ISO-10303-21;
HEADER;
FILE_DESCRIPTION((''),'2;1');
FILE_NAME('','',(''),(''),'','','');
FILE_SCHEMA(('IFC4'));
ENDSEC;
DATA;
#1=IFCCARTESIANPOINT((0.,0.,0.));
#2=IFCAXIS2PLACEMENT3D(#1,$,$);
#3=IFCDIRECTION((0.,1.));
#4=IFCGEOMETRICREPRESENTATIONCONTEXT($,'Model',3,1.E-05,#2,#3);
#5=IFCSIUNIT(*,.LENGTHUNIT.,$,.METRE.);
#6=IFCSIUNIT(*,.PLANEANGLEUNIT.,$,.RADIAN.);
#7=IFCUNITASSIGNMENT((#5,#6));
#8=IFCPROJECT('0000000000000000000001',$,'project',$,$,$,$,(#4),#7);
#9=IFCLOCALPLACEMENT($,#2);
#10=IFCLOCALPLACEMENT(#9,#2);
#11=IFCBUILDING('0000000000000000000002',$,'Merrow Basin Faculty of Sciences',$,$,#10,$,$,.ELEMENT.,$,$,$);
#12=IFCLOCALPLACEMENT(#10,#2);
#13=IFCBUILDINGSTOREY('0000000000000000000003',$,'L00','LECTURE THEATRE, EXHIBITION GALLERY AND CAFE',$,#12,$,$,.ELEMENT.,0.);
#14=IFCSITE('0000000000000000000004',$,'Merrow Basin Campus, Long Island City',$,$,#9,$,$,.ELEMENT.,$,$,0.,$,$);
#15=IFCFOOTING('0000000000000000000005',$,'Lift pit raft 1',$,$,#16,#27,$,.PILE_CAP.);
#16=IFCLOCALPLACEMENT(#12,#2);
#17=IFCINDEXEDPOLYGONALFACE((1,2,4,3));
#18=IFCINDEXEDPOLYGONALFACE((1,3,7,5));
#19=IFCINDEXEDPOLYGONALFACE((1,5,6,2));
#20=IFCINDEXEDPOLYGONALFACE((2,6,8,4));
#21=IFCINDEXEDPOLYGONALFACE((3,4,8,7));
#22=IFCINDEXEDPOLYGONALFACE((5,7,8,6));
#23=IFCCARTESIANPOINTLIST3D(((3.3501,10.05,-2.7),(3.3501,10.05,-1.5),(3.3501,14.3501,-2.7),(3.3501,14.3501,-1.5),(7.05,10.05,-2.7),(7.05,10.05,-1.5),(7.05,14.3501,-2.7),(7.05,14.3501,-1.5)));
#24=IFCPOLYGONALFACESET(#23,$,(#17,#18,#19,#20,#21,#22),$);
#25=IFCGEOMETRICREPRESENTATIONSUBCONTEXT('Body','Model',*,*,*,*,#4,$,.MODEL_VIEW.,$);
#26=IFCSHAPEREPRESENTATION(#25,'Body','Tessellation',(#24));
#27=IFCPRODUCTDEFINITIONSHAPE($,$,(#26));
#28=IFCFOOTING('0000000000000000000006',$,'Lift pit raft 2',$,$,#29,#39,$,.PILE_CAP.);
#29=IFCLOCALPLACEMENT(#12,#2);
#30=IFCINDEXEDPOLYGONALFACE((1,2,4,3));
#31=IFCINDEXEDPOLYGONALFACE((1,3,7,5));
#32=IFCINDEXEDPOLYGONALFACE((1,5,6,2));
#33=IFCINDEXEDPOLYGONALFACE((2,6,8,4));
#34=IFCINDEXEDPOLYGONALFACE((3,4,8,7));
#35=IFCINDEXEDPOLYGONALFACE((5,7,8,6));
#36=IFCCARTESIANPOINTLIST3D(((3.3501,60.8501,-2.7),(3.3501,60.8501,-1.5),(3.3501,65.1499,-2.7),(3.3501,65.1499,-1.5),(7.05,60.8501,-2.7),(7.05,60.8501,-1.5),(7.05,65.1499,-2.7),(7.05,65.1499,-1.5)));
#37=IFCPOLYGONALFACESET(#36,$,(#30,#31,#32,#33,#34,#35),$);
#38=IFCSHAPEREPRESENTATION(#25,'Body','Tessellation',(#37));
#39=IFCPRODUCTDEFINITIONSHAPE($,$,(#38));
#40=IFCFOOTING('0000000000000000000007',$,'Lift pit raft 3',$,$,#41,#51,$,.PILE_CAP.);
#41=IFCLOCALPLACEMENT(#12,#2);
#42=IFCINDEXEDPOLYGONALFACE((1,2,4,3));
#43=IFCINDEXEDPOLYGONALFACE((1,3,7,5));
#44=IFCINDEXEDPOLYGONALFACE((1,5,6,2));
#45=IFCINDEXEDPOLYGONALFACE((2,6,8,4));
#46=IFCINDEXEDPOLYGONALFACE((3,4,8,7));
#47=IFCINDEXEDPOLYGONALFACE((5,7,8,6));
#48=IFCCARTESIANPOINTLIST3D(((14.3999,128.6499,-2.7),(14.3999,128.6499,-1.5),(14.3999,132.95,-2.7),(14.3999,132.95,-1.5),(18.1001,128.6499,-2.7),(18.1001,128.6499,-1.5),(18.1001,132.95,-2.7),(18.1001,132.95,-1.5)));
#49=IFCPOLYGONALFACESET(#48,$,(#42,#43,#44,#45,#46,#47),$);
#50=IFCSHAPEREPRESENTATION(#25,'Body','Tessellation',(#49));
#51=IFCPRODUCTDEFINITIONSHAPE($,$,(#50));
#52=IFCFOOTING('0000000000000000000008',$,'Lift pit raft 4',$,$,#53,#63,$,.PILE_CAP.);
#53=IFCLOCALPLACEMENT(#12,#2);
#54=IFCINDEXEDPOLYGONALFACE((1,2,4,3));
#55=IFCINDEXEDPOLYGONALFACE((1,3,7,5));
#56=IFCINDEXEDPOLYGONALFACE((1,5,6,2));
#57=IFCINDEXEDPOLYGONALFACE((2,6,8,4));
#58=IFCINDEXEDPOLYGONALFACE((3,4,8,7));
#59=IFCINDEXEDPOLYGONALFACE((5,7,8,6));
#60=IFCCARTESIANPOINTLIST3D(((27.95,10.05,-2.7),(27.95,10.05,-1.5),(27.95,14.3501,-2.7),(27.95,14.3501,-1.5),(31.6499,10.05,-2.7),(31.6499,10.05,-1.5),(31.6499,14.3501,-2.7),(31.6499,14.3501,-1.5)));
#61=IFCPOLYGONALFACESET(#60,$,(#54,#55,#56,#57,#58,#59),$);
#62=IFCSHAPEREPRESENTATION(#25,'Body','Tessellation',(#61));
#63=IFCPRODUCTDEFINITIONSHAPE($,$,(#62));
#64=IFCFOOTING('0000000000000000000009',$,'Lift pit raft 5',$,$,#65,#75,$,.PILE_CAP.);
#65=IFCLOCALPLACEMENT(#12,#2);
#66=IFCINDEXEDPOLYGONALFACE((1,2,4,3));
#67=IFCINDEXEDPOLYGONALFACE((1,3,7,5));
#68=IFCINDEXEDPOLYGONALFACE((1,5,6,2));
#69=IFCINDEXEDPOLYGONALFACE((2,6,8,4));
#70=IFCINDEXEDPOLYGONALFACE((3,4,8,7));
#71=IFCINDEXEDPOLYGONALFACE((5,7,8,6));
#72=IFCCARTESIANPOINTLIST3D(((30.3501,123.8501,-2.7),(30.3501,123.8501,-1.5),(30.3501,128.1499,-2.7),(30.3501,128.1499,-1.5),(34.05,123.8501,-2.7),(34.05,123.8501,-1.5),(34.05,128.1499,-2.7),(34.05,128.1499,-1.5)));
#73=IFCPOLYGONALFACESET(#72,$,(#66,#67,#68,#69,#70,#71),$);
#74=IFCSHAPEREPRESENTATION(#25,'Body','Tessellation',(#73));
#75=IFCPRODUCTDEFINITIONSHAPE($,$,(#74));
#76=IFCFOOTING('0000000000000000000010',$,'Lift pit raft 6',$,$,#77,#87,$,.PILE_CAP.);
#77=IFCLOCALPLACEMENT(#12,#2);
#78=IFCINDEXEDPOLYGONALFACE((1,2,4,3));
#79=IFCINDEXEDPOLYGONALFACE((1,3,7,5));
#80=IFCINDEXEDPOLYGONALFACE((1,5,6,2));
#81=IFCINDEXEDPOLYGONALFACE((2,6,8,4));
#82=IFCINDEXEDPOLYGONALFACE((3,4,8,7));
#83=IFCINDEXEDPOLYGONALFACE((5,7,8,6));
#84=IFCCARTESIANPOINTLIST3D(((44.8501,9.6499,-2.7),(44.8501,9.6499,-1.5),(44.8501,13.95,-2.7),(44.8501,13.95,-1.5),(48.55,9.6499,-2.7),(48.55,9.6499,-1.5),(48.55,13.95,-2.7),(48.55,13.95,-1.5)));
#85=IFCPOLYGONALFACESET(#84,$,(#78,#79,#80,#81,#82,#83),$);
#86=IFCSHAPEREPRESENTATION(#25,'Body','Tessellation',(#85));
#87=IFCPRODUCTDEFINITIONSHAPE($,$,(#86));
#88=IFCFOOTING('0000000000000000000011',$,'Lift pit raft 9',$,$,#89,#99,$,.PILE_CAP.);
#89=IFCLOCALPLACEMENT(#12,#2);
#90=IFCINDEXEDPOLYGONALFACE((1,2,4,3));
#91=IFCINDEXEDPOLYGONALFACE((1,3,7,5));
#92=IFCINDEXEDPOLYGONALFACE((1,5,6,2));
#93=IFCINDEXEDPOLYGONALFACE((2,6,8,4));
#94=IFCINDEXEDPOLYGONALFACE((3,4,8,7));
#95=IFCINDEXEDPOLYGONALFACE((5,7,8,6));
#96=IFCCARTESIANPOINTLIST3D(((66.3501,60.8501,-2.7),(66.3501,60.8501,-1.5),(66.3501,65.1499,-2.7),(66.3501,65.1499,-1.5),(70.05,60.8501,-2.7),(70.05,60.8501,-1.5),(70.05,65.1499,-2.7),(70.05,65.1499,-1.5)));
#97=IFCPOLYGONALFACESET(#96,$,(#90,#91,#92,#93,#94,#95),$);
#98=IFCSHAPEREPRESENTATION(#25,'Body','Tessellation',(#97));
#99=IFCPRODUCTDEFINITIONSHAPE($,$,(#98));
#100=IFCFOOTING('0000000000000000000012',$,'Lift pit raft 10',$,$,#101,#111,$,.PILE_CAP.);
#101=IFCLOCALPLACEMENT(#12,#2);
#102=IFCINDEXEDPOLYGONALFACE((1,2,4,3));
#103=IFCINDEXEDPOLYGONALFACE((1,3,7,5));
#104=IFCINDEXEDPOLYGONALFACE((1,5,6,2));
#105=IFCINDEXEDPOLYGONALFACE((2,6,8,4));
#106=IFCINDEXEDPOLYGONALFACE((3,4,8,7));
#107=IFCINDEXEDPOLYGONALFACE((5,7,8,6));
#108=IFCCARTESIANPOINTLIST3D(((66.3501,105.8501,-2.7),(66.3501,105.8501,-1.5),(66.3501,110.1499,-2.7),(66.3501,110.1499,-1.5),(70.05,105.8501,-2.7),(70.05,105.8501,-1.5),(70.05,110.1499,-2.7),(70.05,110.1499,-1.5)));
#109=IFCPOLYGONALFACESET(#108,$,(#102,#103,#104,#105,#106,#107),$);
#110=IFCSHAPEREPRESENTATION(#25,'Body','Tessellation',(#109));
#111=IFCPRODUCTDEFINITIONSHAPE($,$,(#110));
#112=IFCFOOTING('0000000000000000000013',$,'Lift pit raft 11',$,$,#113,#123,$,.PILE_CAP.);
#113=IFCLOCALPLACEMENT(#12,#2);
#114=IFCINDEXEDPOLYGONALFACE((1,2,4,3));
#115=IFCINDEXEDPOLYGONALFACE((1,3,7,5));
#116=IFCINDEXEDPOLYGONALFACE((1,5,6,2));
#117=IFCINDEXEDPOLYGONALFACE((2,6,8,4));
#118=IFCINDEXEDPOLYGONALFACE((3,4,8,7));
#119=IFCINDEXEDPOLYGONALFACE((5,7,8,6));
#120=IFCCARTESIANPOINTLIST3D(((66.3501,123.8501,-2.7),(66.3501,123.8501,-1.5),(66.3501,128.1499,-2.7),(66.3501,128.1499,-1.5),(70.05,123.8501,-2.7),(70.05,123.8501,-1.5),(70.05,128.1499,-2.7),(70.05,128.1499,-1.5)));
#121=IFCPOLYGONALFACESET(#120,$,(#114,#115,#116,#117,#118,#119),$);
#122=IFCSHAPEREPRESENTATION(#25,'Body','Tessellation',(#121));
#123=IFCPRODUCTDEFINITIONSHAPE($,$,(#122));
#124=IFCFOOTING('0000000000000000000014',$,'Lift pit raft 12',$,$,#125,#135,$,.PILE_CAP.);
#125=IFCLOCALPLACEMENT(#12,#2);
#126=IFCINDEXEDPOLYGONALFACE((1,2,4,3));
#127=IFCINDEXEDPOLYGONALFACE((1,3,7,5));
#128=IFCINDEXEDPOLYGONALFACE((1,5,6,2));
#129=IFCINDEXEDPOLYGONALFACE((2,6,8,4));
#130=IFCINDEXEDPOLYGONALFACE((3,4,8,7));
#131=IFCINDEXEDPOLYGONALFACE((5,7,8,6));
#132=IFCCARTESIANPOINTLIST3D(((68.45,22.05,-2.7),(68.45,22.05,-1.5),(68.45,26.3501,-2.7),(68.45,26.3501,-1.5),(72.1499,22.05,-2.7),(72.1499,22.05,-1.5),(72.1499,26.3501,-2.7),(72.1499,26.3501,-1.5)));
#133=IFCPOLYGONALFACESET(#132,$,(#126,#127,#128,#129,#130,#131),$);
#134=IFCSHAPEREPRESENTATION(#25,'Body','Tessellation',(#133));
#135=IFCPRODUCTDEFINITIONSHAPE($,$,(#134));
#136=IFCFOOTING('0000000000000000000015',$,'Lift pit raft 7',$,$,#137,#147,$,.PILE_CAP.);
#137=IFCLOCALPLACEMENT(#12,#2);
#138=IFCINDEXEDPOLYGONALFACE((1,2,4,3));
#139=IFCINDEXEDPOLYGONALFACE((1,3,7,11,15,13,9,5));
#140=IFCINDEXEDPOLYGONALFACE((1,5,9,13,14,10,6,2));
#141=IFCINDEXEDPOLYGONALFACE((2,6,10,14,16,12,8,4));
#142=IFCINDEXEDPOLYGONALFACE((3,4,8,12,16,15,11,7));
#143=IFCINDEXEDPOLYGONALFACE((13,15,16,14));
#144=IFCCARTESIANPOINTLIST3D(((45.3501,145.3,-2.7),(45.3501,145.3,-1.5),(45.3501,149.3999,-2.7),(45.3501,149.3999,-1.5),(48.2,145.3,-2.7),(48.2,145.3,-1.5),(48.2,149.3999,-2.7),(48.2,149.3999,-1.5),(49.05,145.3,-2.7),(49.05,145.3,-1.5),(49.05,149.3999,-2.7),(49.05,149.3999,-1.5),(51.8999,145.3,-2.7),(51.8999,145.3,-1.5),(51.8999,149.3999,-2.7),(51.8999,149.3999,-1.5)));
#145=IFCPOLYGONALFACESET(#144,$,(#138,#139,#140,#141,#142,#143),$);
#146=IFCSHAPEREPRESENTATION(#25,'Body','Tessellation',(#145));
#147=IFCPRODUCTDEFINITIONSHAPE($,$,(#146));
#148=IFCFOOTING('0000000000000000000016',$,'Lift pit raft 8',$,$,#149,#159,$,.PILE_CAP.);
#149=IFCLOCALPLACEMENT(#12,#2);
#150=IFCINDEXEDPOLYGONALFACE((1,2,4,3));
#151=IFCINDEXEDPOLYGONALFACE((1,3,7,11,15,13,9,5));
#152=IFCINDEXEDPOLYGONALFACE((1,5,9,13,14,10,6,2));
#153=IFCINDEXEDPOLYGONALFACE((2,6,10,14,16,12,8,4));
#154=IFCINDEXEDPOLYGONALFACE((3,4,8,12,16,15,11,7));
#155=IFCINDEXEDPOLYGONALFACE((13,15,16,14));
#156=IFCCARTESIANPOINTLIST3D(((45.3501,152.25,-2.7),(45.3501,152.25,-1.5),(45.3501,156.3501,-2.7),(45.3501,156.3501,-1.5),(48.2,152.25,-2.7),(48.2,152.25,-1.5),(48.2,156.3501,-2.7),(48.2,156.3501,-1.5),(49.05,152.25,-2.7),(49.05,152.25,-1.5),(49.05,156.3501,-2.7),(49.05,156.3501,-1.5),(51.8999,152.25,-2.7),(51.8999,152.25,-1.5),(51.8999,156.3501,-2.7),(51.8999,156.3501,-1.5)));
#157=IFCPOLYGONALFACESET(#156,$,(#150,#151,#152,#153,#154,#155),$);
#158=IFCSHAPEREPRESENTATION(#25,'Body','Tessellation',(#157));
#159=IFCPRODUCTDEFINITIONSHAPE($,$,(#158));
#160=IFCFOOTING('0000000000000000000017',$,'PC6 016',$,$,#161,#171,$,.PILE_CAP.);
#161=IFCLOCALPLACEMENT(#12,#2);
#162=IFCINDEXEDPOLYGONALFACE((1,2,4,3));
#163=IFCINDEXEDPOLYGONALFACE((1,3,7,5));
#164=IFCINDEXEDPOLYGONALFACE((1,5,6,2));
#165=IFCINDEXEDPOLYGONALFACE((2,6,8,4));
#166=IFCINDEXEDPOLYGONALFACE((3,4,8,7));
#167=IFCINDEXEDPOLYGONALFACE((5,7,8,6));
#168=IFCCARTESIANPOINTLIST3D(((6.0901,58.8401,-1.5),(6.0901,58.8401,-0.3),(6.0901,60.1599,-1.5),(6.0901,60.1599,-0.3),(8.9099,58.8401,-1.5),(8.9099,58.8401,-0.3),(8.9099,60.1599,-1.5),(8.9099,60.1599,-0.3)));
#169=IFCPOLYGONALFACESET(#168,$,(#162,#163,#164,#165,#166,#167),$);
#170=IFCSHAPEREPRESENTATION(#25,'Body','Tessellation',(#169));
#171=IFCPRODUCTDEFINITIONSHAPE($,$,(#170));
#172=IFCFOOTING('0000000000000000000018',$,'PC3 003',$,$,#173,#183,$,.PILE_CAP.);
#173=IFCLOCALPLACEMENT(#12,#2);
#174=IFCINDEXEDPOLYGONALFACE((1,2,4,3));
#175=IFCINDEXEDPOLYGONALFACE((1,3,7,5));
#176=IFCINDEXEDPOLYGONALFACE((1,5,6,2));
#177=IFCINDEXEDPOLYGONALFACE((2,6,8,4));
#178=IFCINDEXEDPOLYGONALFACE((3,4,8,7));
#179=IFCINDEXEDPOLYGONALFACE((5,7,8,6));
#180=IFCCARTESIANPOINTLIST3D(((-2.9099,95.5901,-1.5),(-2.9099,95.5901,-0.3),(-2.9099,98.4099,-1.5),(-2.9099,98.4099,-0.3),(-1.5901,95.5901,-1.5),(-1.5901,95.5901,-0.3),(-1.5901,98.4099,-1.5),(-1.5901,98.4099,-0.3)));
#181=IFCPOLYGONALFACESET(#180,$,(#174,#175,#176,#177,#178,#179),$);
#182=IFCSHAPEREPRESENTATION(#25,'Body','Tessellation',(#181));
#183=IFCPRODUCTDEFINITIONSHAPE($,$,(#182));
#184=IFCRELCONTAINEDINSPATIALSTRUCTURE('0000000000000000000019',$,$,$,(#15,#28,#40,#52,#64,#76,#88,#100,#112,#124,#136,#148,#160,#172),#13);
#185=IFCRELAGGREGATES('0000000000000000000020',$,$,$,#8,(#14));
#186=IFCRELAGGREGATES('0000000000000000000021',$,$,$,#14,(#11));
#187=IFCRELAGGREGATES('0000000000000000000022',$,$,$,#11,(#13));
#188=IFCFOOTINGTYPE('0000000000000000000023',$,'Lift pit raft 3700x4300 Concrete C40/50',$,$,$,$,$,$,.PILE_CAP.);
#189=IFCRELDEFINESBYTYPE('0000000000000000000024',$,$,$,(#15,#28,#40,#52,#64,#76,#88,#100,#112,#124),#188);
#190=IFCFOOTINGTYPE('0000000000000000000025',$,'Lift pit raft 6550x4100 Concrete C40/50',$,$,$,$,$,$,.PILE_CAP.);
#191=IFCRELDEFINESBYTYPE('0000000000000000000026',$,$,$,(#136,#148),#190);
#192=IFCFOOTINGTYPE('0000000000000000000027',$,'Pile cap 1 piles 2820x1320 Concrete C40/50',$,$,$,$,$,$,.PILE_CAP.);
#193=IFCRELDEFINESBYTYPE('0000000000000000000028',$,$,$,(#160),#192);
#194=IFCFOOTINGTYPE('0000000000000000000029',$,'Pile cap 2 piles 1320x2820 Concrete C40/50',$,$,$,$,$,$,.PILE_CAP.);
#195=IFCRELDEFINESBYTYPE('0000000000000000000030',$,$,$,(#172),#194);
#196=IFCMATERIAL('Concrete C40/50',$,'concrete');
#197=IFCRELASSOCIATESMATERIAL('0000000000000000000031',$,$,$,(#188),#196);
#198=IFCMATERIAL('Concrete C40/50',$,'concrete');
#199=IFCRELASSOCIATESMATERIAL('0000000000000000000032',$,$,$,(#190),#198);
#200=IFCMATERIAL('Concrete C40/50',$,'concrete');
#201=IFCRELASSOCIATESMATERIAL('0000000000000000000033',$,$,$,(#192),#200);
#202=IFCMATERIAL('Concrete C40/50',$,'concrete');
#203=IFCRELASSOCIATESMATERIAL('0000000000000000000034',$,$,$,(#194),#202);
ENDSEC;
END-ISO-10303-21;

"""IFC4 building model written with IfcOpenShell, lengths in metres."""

from ifc_helpers import new_model, si_unit, direction, frame, origin, place, context, subcontext, project, spatial, polyline, outline, extrude, material, type_object, element, save


model = new_model("IFC4")

# Units and contexts
model_context = context("Model", 3, precision=1e-05, world=origin(), true_north=direction((0.0, 1.0)))
body_context = subcontext(model_context, "Body", "Model", "MODEL_VIEW")
ifc_project = project(units=[si_unit("LENGTHUNIT", "METRE"), si_unit("PLANEANGLEUNIT", "RADIAN")], contexts=[model_context])

# Site, building, storey
site_placement = place(None, origin())
site = spatial("IfcSite", under=ifc_project, at=site_placement, Name="Merrow Basin Campus, Long Island City", CompositionType="ELEMENT", RefElevation=0.0)
building_placement = place(site_placement, origin())
building = spatial("IfcBuilding", under=site, at=building_placement, Name="Merrow Basin Faculty of Sciences", CompositionType="ELEMENT")
storey_placement = place(building_placement, origin())
storey = spatial("IfcBuildingStorey", under=building, at=storey_placement, Name="L00", Description="LECTURE THEATRE, EXHIBITION GALLERY AND CAFE", CompositionType="ELEMENT", Elevation=0.0)

# Footings
ifc_material_1 = material(Name="Concrete C40/50", Category="concrete")
footing_type_1 = type_object("IfcFootingType", Name="Lift pit raft 3700x4300 Concrete C40/50", PredefinedType="PILE_CAP", material=ifc_material_1)
footing_1_placement = place(storey_placement, frame((0.0, 0.0, -2.7)))
element("IfcFooting", 1, at=footing_1_placement, inside=storey, type_object=footing_type_1, Name="Lift pit raft 1", PredefinedType="PILE_CAP", context=body_context, shape_type="SweptSolid", body=[
    extrude(outline(polyline([(7.05, 10.05), (3.3501, 10.05), (3.3501, 14.3501), (7.05, 14.3501), (7.05, 10.05)])), origin(), (0.0, 0.0, 1.0), 1.2),
])
footing_2_placement = place(storey_placement, frame((0.0, 0.0, -2.7)))
element("IfcFooting", 2, at=footing_2_placement, inside=storey, type_object=footing_type_1, Name="Lift pit raft 2", PredefinedType="PILE_CAP", context=body_context, shape_type="SweptSolid", body=[
    extrude(outline(polyline([(7.05, 60.8501), (3.3501, 60.8501), (3.3501, 65.1499), (7.05, 65.1499), (7.05, 60.8501)])), origin(), (0.0, 0.0, 1.0), 1.2),
])
footing_3_placement = place(storey_placement, frame((0.0, 0.0, -2.7)))
element("IfcFooting", 3, at=footing_3_placement, inside=storey, type_object=footing_type_1, Name="Lift pit raft 3", PredefinedType="PILE_CAP", context=body_context, shape_type="SweptSolid", body=[
    extrude(outline(polyline([(18.1001, 128.6499), (14.3999, 128.6499), (14.3999, 132.95), (18.1001, 132.95), (18.1001, 128.6499)])), origin(), (0.0, 0.0, 1.0), 1.2),
])
footing_4_placement = place(storey_placement, frame((0.0, 0.0, -2.7)))
element("IfcFooting", 4, at=footing_4_placement, inside=storey, type_object=footing_type_1, Name="Lift pit raft 4", PredefinedType="PILE_CAP", context=body_context, shape_type="SweptSolid", body=[
    extrude(outline(polyline([(31.6499, 10.05), (27.95, 10.05), (27.95, 14.3501), (31.6499, 14.3501), (31.6499, 10.05)])), origin(), (0.0, 0.0, 1.0), 1.2),
])
footing_5_placement = place(storey_placement, frame((0.0, 0.0, -2.7)))
element("IfcFooting", 5, at=footing_5_placement, inside=storey, type_object=footing_type_1, Name="Lift pit raft 5", PredefinedType="PILE_CAP", context=body_context, shape_type="SweptSolid", body=[
    extrude(outline(polyline([(34.05, 123.8501), (30.3501, 123.8501), (30.3501, 128.1499), (34.05, 128.1499), (34.05, 123.8501)])), origin(), (0.0, 0.0, 1.0), 1.2),
])
footing_6_placement = place(storey_placement, frame((0.0, 0.0, -2.7)))
element("IfcFooting", 6, at=footing_6_placement, inside=storey, type_object=footing_type_1, Name="Lift pit raft 6", PredefinedType="PILE_CAP", context=body_context, shape_type="SweptSolid", body=[
    extrude(outline(polyline([(48.55, 13.95), (48.55, 9.6499), (44.8501, 9.6499), (44.8501, 13.95), (48.55, 13.95)])), origin(), (0.0, 0.0, 1.0), 1.2),
])
footing_7_placement = place(storey_placement, frame((0.0, 0.0, -2.7)))
element("IfcFooting", 7, at=footing_7_placement, inside=storey, type_object=footing_type_1, Name="Lift pit raft 9", PredefinedType="PILE_CAP", context=body_context, shape_type="SweptSolid", body=[
    extrude(outline(polyline([(70.05, 60.8501), (66.3501, 60.8501), (66.3501, 65.1499), (70.05, 65.1499), (70.05, 60.8501)])), origin(), (0.0, 0.0, 1.0), 1.2),
])
footing_8_placement = place(storey_placement, frame((0.0, 0.0, -2.7)))
element("IfcFooting", 8, at=footing_8_placement, inside=storey, type_object=footing_type_1, Name="Lift pit raft 10", PredefinedType="PILE_CAP", context=body_context, shape_type="SweptSolid", body=[
    extrude(outline(polyline([(70.05, 105.8501), (66.3501, 105.8501), (66.3501, 110.1499), (70.05, 110.1499), (70.05, 105.8501)])), origin(), (0.0, 0.0, 1.0), 1.2),
])
footing_9_placement = place(storey_placement, frame((0.0, 0.0, -2.7)))
element("IfcFooting", 9, at=footing_9_placement, inside=storey, type_object=footing_type_1, Name="Lift pit raft 11", PredefinedType="PILE_CAP", context=body_context, shape_type="SweptSolid", body=[
    extrude(outline(polyline([(70.05, 123.8501), (66.3501, 123.8501), (66.3501, 128.1499), (70.05, 128.1499), (70.05, 123.8501)])), origin(), (0.0, 0.0, 1.0), 1.2),
])
footing_10_placement = place(storey_placement, frame((0.0, 0.0, -2.7)))
element("IfcFooting", 10, at=footing_10_placement, inside=storey, type_object=footing_type_1, Name="Lift pit raft 12", PredefinedType="PILE_CAP", context=body_context, shape_type="SweptSolid", body=[
    extrude(outline(polyline([(72.1499, 26.3501), (72.1499, 22.05), (68.45, 22.05), (68.45, 26.3501), (72.1499, 26.3501)])), origin(), (0.0, 0.0, 1.0), 1.2),
])
ifc_material_2 = material(Name="Concrete C40/50", Category="concrete")
footing_type_2 = type_object("IfcFootingType", Name="Lift pit raft 6550x4100 Concrete C40/50", PredefinedType="PILE_CAP", material=ifc_material_2)
footing_11_placement = place(storey_placement, frame((0.0, 0.0, -2.7)))
element("IfcFooting", 11, at=footing_11_placement, inside=storey, type_object=footing_type_2, Name="Lift pit raft 7", PredefinedType="PILE_CAP", context=body_context, shape_type="SweptSolid", body=[
    extrude(outline(polyline([(49.05, 149.3999), (51.8999, 149.3999), (51.8999, 145.3), (49.05, 145.3), (48.2, 145.3), (45.3501, 145.3), (45.3501, 149.3999), (48.2, 149.3999), (49.05, 149.3999)])), origin(), (0.0, 0.0, 1.0), 1.2),
])
footing_12_placement = place(storey_placement, frame((0.0, 0.0, -2.7)))
element("IfcFooting", 12, at=footing_12_placement, inside=storey, type_object=footing_type_2, Name="Lift pit raft 8", PredefinedType="PILE_CAP", context=body_context, shape_type="SweptSolid", body=[
    extrude(outline(polyline([(48.2, 152.25), (45.3501, 152.25), (45.3501, 156.3501), (48.2, 156.3501), (49.05, 156.3501), (51.8999, 156.3501), (51.8999, 152.25), (49.05, 152.25), (48.2, 152.25)])), origin(), (0.0, 0.0, 1.0), 1.2),
])
ifc_material_3 = material(Name="Concrete C40/50", Category="concrete")
footing_type_3 = type_object("IfcFootingType", Name="Pile cap 1 piles 2820x1320 Concrete C40/50", PredefinedType="PILE_CAP", material=ifc_material_3)
footing_13_placement = place(storey_placement, frame((0.0, 0.0, -1.5)))
element("IfcFooting", 13, at=footing_13_placement, inside=storey, type_object=footing_type_3, Name="PC6 016", PredefinedType="PILE_CAP", context=body_context, shape_type="SweptSolid", body=[
    extrude(outline(polyline([(6.0901, 60.1599), (8.9099, 60.1599), (8.9099, 58.8401), (6.0901, 58.8401), (6.0901, 60.1599)])), origin(), (0.0, 0.0, 1.0), 1.2),
])
ifc_material_4 = material(Name="Concrete C40/50", Category="concrete")
footing_type_4 = type_object("IfcFootingType", Name="Pile cap 2 piles 1320x2820 Concrete C40/50", PredefinedType="PILE_CAP", material=ifc_material_4)
footing_14_placement = place(storey_placement, frame((0.0, 0.0, -1.5)))
element("IfcFooting", 14, at=footing_14_placement, inside=storey, type_object=footing_type_4, Name="PC3 003", PredefinedType="PILE_CAP", context=body_context, shape_type="SweptSolid", body=[
    extrude(outline(polyline([(-2.9099, 98.4099), (-1.5901, 98.4099), (-1.5901, 95.5901), (-2.9099, 95.5901), (-2.9099, 98.4099)])), origin(), (0.0, 0.0, 1.0), 1.2),
])

save(model, "model.ifc")
